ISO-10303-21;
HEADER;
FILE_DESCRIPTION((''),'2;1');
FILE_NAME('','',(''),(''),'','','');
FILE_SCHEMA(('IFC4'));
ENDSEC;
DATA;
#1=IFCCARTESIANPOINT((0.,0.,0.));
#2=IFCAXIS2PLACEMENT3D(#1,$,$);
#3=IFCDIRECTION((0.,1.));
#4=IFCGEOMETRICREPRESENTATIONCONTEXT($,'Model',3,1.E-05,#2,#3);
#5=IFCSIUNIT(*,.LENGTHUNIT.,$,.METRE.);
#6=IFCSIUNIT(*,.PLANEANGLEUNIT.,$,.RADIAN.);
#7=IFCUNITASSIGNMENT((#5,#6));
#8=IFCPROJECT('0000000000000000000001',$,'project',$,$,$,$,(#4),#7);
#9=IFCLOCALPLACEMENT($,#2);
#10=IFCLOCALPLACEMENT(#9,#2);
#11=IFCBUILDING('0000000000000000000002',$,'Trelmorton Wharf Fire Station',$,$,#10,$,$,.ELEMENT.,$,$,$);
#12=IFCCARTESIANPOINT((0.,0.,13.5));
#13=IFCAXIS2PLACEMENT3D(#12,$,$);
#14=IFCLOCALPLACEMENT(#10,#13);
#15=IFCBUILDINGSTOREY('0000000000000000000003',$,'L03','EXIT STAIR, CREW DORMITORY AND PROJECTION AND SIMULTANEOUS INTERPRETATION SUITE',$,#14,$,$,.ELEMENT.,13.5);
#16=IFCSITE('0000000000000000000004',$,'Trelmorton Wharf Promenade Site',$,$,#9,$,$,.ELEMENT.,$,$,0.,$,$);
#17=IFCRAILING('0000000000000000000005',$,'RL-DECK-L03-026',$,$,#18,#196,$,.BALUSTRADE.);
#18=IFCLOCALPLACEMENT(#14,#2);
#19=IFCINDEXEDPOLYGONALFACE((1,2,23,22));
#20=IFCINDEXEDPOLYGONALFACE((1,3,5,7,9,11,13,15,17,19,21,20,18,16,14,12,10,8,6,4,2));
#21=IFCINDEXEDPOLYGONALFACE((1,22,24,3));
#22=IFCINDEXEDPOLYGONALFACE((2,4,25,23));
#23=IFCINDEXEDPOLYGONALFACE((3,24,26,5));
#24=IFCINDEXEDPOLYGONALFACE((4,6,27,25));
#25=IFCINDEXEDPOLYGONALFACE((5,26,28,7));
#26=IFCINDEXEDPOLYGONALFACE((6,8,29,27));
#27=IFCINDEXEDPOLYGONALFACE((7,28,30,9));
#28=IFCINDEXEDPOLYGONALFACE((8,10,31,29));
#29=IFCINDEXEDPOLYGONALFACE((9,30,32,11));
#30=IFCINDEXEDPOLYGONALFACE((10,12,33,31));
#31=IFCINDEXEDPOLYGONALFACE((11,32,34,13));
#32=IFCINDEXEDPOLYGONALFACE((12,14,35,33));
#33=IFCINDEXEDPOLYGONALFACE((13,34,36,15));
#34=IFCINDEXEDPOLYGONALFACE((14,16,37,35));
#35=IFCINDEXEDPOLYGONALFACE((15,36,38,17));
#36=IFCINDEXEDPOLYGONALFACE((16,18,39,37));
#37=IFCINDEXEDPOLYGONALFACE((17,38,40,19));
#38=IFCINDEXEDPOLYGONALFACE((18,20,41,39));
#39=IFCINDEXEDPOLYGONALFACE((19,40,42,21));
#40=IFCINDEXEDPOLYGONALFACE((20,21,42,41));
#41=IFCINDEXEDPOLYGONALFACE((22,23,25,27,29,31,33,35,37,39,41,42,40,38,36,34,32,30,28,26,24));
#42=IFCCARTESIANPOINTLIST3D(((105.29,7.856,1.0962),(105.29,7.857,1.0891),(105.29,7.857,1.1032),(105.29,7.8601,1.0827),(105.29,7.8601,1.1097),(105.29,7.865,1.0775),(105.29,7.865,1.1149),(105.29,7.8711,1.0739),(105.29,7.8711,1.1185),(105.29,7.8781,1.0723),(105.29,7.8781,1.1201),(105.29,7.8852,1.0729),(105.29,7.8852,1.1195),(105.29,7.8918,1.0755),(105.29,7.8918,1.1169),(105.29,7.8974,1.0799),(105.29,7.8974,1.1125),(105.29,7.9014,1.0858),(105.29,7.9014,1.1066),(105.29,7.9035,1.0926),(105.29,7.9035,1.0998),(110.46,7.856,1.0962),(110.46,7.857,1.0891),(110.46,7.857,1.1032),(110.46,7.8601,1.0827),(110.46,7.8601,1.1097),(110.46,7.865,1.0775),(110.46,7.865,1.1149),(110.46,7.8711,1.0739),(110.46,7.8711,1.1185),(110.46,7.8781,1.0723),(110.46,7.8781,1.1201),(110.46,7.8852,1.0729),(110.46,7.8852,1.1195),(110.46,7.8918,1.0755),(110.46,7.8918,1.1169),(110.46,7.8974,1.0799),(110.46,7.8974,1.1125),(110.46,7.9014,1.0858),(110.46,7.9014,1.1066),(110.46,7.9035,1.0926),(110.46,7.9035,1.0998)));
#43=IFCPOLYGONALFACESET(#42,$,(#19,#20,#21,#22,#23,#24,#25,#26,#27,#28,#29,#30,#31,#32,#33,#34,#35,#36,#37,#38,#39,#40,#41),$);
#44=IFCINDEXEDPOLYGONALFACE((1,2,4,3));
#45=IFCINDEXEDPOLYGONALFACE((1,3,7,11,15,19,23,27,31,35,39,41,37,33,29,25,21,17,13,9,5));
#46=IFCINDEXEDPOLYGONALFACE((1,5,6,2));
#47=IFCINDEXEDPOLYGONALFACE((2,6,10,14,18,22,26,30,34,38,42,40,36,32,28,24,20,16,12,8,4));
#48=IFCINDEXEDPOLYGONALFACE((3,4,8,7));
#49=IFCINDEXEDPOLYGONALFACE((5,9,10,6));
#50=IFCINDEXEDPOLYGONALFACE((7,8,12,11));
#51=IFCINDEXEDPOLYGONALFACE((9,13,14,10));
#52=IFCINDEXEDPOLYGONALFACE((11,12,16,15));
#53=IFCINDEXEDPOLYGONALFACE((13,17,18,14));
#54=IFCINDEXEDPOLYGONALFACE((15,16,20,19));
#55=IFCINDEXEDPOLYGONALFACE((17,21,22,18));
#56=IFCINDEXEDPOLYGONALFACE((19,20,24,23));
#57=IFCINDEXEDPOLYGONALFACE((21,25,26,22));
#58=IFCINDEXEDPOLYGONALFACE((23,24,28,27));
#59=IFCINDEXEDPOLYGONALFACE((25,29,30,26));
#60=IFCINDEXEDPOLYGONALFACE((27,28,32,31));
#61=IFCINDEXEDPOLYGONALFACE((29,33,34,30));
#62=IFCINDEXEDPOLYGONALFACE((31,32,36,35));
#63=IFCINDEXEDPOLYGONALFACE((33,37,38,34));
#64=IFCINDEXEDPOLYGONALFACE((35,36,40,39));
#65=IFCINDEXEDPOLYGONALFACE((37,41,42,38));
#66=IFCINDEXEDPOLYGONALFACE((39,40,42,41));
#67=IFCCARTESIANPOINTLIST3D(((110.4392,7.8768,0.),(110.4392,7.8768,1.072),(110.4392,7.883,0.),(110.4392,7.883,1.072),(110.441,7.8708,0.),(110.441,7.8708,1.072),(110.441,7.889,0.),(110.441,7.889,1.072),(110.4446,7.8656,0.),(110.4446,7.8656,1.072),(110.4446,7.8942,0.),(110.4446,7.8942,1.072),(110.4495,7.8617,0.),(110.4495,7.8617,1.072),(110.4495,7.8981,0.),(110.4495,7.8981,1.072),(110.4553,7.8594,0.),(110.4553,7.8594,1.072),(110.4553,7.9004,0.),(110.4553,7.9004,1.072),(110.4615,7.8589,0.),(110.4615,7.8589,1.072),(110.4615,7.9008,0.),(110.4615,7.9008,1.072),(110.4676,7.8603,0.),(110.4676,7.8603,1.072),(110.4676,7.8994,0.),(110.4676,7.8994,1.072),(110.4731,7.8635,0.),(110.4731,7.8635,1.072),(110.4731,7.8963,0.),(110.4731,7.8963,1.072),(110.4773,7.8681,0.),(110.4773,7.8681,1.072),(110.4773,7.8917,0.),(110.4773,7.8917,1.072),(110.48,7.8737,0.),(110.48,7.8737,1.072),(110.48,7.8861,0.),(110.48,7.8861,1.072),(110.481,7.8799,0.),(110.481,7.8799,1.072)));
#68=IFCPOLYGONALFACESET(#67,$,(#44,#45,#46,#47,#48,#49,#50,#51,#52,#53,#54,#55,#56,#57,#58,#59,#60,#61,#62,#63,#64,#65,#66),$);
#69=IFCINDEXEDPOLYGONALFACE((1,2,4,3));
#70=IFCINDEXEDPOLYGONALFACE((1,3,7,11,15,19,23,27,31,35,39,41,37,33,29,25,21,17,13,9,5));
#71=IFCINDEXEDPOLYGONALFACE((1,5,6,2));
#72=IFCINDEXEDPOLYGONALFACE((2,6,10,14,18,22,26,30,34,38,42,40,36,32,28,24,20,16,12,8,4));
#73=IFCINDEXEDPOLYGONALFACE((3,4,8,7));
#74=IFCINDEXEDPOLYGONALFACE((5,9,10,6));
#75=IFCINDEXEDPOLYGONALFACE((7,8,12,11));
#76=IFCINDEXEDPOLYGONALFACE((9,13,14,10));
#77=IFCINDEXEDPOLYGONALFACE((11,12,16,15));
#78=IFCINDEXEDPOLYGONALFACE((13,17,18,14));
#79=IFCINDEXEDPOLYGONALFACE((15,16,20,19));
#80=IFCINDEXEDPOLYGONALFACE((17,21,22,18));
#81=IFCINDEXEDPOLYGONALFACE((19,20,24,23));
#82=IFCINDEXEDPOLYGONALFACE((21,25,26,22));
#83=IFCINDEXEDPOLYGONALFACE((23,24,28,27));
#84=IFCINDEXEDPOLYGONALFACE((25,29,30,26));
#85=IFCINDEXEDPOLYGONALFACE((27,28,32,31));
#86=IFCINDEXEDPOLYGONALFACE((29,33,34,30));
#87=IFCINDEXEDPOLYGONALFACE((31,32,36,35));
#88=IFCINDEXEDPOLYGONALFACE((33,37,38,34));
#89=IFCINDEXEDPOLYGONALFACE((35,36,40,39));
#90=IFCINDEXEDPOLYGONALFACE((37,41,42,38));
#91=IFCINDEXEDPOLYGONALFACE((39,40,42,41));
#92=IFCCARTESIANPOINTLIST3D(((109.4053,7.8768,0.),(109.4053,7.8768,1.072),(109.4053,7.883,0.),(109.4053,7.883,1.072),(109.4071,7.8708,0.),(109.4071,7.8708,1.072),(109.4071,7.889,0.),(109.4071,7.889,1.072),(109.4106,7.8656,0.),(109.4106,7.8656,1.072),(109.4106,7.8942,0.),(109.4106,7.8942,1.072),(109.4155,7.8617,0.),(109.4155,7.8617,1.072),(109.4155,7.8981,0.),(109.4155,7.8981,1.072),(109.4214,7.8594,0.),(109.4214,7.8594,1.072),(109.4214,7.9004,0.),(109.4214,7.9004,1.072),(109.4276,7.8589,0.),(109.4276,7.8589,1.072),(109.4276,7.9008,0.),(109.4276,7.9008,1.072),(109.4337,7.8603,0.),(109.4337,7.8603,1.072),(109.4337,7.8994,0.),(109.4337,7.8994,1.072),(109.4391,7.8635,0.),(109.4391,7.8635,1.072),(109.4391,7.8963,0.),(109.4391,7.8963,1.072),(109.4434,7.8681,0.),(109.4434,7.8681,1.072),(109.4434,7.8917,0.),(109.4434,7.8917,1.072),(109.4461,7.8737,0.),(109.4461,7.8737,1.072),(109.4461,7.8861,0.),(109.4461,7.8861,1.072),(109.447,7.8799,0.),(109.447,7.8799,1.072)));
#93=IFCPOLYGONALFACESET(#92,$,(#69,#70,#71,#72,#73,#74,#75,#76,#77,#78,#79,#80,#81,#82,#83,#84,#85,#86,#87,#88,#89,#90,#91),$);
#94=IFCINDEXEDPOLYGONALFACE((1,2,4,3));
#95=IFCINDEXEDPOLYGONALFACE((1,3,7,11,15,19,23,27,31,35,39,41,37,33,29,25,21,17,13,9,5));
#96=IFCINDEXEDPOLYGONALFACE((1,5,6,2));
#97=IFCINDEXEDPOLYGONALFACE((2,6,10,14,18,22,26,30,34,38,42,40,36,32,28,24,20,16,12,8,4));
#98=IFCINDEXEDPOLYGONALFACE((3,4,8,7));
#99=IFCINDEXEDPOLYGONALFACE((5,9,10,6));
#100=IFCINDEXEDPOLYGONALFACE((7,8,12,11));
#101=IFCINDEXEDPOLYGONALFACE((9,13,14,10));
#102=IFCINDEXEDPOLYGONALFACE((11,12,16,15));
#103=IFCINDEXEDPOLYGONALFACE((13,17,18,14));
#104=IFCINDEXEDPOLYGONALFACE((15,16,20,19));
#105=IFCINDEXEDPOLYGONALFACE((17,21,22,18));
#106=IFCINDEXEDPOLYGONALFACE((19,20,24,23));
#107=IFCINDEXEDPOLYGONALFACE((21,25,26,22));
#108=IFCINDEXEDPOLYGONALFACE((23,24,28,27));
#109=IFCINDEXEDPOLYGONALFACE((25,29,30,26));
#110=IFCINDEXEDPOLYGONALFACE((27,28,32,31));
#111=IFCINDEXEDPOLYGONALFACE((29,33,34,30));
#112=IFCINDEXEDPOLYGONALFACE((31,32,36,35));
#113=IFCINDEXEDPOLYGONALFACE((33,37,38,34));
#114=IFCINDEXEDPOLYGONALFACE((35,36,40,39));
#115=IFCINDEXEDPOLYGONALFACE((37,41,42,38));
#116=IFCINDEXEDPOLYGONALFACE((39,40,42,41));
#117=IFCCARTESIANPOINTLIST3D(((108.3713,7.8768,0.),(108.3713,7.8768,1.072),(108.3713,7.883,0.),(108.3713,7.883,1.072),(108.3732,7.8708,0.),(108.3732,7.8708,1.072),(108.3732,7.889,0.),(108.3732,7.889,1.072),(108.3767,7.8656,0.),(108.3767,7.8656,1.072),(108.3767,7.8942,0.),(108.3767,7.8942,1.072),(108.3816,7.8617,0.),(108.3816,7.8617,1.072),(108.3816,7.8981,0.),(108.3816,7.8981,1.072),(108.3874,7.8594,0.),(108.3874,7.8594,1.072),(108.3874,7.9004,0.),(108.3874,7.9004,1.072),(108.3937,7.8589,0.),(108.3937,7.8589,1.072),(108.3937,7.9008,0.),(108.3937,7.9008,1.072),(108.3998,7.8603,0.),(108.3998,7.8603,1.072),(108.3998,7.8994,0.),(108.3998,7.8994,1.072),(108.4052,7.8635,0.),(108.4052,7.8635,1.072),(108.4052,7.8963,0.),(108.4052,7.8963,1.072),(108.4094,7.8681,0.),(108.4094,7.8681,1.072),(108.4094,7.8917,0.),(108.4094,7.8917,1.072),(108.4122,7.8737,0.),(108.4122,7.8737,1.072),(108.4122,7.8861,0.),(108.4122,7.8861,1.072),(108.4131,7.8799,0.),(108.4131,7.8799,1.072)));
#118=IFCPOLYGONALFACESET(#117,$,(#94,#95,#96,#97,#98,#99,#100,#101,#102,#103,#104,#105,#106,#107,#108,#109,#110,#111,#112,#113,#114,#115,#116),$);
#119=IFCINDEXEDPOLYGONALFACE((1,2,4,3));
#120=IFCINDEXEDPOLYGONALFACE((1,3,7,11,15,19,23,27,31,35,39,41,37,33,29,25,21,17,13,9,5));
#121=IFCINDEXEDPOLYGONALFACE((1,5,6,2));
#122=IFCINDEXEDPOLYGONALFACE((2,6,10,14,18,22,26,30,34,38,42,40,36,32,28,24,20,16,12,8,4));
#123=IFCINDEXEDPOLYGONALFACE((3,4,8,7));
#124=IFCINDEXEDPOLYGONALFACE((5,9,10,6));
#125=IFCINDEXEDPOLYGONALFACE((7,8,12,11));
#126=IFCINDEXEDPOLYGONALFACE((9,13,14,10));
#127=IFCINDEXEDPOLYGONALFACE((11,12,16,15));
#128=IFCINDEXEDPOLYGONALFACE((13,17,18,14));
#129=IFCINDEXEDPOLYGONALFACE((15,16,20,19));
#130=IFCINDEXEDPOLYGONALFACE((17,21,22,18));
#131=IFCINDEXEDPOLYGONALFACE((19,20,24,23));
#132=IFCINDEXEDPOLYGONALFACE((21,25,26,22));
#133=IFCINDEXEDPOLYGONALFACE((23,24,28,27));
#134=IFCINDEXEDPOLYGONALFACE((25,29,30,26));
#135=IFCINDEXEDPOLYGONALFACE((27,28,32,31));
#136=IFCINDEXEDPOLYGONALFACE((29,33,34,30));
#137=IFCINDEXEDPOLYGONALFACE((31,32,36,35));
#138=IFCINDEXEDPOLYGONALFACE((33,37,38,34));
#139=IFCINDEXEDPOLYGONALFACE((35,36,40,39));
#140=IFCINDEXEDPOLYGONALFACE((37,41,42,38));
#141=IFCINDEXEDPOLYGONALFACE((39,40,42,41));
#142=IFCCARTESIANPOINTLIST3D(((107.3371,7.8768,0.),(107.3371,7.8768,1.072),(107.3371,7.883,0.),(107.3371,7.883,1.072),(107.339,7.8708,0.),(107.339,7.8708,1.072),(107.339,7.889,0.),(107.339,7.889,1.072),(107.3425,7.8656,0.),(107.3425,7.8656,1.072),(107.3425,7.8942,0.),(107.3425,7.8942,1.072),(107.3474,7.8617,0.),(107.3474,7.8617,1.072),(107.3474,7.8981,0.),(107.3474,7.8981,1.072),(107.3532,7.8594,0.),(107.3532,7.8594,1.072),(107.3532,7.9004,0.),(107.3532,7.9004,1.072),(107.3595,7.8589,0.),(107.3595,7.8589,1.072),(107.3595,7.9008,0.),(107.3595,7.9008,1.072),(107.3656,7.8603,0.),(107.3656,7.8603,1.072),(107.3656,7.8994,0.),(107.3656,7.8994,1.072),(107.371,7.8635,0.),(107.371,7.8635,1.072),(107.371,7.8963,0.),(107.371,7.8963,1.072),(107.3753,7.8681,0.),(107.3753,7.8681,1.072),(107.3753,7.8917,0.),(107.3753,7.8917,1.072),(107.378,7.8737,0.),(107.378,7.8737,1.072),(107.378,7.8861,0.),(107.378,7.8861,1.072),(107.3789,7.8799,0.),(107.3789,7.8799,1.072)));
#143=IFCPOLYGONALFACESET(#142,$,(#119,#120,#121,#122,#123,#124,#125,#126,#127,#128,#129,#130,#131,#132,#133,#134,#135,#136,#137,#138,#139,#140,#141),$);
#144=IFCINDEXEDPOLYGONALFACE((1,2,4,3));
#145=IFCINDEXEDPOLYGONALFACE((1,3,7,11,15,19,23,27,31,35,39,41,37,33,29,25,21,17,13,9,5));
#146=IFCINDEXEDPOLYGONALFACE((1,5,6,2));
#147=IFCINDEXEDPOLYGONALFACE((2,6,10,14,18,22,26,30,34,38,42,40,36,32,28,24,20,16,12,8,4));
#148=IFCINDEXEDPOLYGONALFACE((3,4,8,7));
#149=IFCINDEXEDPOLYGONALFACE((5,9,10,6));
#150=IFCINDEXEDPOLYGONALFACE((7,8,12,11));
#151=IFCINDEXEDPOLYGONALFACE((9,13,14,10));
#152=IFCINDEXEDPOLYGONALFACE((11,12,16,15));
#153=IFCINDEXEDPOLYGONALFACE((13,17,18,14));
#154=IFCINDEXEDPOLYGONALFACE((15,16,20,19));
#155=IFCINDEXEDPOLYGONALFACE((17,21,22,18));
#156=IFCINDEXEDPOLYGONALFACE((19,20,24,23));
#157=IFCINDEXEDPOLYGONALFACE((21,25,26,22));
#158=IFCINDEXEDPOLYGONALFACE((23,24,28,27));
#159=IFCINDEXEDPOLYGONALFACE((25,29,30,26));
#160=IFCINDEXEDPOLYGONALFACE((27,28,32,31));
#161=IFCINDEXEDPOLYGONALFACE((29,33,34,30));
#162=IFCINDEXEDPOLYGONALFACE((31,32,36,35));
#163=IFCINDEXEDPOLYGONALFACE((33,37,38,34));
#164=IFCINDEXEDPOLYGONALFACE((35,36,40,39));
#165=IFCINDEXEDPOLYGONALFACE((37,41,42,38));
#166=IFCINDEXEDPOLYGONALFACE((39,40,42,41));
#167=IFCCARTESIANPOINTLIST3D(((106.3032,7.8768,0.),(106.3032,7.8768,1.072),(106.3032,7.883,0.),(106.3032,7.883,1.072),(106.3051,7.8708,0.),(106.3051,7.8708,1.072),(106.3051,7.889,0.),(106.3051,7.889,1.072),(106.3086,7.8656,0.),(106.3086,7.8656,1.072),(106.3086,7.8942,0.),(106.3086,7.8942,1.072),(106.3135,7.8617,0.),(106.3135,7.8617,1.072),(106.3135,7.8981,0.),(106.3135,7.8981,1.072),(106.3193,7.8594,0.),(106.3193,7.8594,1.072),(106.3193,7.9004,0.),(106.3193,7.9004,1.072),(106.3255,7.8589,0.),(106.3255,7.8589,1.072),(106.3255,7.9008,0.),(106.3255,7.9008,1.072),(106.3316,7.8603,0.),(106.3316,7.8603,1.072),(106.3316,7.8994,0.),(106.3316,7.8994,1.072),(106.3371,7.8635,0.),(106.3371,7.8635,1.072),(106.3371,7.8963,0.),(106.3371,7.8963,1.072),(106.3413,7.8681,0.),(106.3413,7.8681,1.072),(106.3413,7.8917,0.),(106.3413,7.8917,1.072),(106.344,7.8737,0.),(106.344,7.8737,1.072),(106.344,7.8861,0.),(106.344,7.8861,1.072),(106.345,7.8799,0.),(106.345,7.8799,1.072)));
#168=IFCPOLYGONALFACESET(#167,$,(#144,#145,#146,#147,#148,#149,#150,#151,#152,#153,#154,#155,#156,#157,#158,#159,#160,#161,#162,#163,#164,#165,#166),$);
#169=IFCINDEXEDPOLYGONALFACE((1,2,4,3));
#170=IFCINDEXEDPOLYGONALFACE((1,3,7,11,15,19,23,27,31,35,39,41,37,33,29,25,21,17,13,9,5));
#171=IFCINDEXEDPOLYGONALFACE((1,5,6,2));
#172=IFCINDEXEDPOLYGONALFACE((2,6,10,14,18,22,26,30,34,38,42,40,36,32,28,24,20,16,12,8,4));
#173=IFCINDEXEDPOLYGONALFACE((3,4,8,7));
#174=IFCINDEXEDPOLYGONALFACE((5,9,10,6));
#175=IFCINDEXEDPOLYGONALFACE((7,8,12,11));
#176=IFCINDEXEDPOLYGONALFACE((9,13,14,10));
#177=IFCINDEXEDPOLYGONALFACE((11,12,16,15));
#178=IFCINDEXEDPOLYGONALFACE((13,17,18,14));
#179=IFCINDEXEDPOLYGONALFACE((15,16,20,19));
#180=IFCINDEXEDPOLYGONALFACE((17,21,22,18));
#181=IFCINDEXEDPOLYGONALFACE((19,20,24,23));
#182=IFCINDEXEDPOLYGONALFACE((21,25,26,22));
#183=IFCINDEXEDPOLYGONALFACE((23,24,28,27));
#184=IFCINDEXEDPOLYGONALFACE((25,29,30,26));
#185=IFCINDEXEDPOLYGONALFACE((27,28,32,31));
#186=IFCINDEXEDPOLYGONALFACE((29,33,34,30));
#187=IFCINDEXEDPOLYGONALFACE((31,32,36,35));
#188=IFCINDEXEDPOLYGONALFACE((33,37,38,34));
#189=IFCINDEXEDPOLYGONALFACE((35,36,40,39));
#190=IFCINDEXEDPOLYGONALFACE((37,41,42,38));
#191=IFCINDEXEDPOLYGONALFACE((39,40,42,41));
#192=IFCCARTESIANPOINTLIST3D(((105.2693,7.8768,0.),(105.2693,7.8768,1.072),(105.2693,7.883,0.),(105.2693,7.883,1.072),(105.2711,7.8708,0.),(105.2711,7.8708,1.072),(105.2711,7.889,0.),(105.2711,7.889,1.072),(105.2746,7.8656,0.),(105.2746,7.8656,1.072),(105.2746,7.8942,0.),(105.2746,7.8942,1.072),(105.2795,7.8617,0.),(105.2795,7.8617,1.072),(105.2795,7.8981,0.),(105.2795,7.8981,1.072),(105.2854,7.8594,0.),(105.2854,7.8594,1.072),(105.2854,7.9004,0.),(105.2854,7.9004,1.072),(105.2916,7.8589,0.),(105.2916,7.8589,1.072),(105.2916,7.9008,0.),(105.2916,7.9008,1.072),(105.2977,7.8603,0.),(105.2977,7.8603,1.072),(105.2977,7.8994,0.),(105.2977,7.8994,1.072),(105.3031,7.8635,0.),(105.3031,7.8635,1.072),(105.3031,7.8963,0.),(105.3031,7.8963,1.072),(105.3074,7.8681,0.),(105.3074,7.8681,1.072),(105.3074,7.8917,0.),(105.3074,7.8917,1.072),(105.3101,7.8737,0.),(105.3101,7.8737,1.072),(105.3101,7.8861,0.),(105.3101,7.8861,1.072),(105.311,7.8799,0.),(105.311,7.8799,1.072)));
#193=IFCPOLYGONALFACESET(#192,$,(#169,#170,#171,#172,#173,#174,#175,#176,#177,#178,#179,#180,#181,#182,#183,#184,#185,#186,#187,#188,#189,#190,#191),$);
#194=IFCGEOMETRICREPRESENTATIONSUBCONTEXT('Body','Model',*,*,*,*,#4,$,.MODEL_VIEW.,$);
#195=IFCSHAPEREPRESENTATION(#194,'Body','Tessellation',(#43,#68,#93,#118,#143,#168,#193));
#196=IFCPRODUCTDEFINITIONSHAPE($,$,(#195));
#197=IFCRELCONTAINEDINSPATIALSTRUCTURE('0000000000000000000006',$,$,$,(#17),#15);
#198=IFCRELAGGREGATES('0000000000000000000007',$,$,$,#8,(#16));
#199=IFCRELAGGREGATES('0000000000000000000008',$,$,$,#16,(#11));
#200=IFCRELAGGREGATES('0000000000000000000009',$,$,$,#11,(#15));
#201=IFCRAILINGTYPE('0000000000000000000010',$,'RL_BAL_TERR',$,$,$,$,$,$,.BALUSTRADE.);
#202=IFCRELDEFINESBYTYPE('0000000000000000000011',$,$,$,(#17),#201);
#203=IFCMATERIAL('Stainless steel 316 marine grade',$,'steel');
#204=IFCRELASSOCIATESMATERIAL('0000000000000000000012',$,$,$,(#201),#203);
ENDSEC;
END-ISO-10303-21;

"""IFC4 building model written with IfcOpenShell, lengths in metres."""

from ifc_helpers import new_model, si_unit, direction, frame, origin, origin_2d, place, context, subcontext, project, spatial, circle, extrude, material, type_object, element, save


model = new_model("IFC4")

# Units and contexts
model_context = context("Model", 3, precision=1e-05, world=origin(), true_north=direction((0.0, 1.0)))
body_context = subcontext(model_context, "Body", "Model", "MODEL_VIEW")
ifc_project = project(units=[si_unit("LENGTHUNIT", "METRE"), si_unit("PLANEANGLEUNIT", "RADIAN")], contexts=[model_context])

# Site, building, storey
site_placement = place(None, origin())
site = spatial("IfcSite", under=ifc_project, at=site_placement, Name="Trelmorton Wharf Promenade Site", CompositionType="ELEMENT", RefElevation=0.0)
building_placement = place(site_placement, origin())
building = spatial("IfcBuilding", under=site, at=building_placement, Name="Trelmorton Wharf Fire Station", CompositionType="ELEMENT")
storey_placement = place(building_placement, frame((0.0, 0.0, 13.5)))
storey = spatial("IfcBuildingStorey", under=building, at=storey_placement, Name="L03", Description="EXIT STAIR, CREW DORMITORY AND PROJECTION AND SIMULTANEOUS INTERPRETATION SUITE", CompositionType="ELEMENT", Elevation=13.5)

# Railing
ifc_material_1 = material(Name="Stainless steel 316 marine grade", Category="steel")
railing_type = type_object("IfcRailingType", Name="RL_BAL_TERR", PredefinedType="BALUSTRADE", material=ifc_material_1)
railing_1_placement = place(storey_placement, frame((110.46, 7.8799, 0.0)))
element("IfcRailing", 1, at=railing_1_placement, inside=storey, type_object=railing_type, Name="RL-DECK-L03-026", PredefinedType="BALUSTRADE", context=body_context, shape_type="SweptSolid", body=[
    extrude(circle(Radius=0.0239, at=origin_2d()), frame((0.0, 0.0, 1.0962), z_axis=(-1.0, 0.0, 0.0), x_axis=(0.0, -1.0, 0.0)), (0.0, 0.0, 1.0), 5.1699),
    extrude(circle(Radius=0.021, at=origin_2d()), origin(), (0.0, 0.0, 1.0), 1.072),
    extrude(circle(Radius=0.021, at=origin_2d()), frame((-1.0339, 0.0, 0.0)), (0.0, 0.0, 1.0), 1.072),
    extrude(circle(Radius=0.021, at=origin_2d()), frame((-2.0679, 0.0, 0.0)), (0.0, 0.0, 1.0), 1.072),
    extrude(circle(Radius=0.021, at=origin_2d()), frame((-3.1021, 0.0, 0.0)), (0.0, 0.0, 1.0), 1.072),
    extrude(circle(Radius=0.021, at=origin_2d()), frame((-4.136, 0.0, 0.0)), (0.0, 0.0, 1.0), 1.072),
    extrude(circle(Radius=0.021, at=origin_2d()), frame((-5.1699, 0.0, 0.0)), (0.0, 0.0, 1.0), 1.072),
])

save(model, "model.ifc")
